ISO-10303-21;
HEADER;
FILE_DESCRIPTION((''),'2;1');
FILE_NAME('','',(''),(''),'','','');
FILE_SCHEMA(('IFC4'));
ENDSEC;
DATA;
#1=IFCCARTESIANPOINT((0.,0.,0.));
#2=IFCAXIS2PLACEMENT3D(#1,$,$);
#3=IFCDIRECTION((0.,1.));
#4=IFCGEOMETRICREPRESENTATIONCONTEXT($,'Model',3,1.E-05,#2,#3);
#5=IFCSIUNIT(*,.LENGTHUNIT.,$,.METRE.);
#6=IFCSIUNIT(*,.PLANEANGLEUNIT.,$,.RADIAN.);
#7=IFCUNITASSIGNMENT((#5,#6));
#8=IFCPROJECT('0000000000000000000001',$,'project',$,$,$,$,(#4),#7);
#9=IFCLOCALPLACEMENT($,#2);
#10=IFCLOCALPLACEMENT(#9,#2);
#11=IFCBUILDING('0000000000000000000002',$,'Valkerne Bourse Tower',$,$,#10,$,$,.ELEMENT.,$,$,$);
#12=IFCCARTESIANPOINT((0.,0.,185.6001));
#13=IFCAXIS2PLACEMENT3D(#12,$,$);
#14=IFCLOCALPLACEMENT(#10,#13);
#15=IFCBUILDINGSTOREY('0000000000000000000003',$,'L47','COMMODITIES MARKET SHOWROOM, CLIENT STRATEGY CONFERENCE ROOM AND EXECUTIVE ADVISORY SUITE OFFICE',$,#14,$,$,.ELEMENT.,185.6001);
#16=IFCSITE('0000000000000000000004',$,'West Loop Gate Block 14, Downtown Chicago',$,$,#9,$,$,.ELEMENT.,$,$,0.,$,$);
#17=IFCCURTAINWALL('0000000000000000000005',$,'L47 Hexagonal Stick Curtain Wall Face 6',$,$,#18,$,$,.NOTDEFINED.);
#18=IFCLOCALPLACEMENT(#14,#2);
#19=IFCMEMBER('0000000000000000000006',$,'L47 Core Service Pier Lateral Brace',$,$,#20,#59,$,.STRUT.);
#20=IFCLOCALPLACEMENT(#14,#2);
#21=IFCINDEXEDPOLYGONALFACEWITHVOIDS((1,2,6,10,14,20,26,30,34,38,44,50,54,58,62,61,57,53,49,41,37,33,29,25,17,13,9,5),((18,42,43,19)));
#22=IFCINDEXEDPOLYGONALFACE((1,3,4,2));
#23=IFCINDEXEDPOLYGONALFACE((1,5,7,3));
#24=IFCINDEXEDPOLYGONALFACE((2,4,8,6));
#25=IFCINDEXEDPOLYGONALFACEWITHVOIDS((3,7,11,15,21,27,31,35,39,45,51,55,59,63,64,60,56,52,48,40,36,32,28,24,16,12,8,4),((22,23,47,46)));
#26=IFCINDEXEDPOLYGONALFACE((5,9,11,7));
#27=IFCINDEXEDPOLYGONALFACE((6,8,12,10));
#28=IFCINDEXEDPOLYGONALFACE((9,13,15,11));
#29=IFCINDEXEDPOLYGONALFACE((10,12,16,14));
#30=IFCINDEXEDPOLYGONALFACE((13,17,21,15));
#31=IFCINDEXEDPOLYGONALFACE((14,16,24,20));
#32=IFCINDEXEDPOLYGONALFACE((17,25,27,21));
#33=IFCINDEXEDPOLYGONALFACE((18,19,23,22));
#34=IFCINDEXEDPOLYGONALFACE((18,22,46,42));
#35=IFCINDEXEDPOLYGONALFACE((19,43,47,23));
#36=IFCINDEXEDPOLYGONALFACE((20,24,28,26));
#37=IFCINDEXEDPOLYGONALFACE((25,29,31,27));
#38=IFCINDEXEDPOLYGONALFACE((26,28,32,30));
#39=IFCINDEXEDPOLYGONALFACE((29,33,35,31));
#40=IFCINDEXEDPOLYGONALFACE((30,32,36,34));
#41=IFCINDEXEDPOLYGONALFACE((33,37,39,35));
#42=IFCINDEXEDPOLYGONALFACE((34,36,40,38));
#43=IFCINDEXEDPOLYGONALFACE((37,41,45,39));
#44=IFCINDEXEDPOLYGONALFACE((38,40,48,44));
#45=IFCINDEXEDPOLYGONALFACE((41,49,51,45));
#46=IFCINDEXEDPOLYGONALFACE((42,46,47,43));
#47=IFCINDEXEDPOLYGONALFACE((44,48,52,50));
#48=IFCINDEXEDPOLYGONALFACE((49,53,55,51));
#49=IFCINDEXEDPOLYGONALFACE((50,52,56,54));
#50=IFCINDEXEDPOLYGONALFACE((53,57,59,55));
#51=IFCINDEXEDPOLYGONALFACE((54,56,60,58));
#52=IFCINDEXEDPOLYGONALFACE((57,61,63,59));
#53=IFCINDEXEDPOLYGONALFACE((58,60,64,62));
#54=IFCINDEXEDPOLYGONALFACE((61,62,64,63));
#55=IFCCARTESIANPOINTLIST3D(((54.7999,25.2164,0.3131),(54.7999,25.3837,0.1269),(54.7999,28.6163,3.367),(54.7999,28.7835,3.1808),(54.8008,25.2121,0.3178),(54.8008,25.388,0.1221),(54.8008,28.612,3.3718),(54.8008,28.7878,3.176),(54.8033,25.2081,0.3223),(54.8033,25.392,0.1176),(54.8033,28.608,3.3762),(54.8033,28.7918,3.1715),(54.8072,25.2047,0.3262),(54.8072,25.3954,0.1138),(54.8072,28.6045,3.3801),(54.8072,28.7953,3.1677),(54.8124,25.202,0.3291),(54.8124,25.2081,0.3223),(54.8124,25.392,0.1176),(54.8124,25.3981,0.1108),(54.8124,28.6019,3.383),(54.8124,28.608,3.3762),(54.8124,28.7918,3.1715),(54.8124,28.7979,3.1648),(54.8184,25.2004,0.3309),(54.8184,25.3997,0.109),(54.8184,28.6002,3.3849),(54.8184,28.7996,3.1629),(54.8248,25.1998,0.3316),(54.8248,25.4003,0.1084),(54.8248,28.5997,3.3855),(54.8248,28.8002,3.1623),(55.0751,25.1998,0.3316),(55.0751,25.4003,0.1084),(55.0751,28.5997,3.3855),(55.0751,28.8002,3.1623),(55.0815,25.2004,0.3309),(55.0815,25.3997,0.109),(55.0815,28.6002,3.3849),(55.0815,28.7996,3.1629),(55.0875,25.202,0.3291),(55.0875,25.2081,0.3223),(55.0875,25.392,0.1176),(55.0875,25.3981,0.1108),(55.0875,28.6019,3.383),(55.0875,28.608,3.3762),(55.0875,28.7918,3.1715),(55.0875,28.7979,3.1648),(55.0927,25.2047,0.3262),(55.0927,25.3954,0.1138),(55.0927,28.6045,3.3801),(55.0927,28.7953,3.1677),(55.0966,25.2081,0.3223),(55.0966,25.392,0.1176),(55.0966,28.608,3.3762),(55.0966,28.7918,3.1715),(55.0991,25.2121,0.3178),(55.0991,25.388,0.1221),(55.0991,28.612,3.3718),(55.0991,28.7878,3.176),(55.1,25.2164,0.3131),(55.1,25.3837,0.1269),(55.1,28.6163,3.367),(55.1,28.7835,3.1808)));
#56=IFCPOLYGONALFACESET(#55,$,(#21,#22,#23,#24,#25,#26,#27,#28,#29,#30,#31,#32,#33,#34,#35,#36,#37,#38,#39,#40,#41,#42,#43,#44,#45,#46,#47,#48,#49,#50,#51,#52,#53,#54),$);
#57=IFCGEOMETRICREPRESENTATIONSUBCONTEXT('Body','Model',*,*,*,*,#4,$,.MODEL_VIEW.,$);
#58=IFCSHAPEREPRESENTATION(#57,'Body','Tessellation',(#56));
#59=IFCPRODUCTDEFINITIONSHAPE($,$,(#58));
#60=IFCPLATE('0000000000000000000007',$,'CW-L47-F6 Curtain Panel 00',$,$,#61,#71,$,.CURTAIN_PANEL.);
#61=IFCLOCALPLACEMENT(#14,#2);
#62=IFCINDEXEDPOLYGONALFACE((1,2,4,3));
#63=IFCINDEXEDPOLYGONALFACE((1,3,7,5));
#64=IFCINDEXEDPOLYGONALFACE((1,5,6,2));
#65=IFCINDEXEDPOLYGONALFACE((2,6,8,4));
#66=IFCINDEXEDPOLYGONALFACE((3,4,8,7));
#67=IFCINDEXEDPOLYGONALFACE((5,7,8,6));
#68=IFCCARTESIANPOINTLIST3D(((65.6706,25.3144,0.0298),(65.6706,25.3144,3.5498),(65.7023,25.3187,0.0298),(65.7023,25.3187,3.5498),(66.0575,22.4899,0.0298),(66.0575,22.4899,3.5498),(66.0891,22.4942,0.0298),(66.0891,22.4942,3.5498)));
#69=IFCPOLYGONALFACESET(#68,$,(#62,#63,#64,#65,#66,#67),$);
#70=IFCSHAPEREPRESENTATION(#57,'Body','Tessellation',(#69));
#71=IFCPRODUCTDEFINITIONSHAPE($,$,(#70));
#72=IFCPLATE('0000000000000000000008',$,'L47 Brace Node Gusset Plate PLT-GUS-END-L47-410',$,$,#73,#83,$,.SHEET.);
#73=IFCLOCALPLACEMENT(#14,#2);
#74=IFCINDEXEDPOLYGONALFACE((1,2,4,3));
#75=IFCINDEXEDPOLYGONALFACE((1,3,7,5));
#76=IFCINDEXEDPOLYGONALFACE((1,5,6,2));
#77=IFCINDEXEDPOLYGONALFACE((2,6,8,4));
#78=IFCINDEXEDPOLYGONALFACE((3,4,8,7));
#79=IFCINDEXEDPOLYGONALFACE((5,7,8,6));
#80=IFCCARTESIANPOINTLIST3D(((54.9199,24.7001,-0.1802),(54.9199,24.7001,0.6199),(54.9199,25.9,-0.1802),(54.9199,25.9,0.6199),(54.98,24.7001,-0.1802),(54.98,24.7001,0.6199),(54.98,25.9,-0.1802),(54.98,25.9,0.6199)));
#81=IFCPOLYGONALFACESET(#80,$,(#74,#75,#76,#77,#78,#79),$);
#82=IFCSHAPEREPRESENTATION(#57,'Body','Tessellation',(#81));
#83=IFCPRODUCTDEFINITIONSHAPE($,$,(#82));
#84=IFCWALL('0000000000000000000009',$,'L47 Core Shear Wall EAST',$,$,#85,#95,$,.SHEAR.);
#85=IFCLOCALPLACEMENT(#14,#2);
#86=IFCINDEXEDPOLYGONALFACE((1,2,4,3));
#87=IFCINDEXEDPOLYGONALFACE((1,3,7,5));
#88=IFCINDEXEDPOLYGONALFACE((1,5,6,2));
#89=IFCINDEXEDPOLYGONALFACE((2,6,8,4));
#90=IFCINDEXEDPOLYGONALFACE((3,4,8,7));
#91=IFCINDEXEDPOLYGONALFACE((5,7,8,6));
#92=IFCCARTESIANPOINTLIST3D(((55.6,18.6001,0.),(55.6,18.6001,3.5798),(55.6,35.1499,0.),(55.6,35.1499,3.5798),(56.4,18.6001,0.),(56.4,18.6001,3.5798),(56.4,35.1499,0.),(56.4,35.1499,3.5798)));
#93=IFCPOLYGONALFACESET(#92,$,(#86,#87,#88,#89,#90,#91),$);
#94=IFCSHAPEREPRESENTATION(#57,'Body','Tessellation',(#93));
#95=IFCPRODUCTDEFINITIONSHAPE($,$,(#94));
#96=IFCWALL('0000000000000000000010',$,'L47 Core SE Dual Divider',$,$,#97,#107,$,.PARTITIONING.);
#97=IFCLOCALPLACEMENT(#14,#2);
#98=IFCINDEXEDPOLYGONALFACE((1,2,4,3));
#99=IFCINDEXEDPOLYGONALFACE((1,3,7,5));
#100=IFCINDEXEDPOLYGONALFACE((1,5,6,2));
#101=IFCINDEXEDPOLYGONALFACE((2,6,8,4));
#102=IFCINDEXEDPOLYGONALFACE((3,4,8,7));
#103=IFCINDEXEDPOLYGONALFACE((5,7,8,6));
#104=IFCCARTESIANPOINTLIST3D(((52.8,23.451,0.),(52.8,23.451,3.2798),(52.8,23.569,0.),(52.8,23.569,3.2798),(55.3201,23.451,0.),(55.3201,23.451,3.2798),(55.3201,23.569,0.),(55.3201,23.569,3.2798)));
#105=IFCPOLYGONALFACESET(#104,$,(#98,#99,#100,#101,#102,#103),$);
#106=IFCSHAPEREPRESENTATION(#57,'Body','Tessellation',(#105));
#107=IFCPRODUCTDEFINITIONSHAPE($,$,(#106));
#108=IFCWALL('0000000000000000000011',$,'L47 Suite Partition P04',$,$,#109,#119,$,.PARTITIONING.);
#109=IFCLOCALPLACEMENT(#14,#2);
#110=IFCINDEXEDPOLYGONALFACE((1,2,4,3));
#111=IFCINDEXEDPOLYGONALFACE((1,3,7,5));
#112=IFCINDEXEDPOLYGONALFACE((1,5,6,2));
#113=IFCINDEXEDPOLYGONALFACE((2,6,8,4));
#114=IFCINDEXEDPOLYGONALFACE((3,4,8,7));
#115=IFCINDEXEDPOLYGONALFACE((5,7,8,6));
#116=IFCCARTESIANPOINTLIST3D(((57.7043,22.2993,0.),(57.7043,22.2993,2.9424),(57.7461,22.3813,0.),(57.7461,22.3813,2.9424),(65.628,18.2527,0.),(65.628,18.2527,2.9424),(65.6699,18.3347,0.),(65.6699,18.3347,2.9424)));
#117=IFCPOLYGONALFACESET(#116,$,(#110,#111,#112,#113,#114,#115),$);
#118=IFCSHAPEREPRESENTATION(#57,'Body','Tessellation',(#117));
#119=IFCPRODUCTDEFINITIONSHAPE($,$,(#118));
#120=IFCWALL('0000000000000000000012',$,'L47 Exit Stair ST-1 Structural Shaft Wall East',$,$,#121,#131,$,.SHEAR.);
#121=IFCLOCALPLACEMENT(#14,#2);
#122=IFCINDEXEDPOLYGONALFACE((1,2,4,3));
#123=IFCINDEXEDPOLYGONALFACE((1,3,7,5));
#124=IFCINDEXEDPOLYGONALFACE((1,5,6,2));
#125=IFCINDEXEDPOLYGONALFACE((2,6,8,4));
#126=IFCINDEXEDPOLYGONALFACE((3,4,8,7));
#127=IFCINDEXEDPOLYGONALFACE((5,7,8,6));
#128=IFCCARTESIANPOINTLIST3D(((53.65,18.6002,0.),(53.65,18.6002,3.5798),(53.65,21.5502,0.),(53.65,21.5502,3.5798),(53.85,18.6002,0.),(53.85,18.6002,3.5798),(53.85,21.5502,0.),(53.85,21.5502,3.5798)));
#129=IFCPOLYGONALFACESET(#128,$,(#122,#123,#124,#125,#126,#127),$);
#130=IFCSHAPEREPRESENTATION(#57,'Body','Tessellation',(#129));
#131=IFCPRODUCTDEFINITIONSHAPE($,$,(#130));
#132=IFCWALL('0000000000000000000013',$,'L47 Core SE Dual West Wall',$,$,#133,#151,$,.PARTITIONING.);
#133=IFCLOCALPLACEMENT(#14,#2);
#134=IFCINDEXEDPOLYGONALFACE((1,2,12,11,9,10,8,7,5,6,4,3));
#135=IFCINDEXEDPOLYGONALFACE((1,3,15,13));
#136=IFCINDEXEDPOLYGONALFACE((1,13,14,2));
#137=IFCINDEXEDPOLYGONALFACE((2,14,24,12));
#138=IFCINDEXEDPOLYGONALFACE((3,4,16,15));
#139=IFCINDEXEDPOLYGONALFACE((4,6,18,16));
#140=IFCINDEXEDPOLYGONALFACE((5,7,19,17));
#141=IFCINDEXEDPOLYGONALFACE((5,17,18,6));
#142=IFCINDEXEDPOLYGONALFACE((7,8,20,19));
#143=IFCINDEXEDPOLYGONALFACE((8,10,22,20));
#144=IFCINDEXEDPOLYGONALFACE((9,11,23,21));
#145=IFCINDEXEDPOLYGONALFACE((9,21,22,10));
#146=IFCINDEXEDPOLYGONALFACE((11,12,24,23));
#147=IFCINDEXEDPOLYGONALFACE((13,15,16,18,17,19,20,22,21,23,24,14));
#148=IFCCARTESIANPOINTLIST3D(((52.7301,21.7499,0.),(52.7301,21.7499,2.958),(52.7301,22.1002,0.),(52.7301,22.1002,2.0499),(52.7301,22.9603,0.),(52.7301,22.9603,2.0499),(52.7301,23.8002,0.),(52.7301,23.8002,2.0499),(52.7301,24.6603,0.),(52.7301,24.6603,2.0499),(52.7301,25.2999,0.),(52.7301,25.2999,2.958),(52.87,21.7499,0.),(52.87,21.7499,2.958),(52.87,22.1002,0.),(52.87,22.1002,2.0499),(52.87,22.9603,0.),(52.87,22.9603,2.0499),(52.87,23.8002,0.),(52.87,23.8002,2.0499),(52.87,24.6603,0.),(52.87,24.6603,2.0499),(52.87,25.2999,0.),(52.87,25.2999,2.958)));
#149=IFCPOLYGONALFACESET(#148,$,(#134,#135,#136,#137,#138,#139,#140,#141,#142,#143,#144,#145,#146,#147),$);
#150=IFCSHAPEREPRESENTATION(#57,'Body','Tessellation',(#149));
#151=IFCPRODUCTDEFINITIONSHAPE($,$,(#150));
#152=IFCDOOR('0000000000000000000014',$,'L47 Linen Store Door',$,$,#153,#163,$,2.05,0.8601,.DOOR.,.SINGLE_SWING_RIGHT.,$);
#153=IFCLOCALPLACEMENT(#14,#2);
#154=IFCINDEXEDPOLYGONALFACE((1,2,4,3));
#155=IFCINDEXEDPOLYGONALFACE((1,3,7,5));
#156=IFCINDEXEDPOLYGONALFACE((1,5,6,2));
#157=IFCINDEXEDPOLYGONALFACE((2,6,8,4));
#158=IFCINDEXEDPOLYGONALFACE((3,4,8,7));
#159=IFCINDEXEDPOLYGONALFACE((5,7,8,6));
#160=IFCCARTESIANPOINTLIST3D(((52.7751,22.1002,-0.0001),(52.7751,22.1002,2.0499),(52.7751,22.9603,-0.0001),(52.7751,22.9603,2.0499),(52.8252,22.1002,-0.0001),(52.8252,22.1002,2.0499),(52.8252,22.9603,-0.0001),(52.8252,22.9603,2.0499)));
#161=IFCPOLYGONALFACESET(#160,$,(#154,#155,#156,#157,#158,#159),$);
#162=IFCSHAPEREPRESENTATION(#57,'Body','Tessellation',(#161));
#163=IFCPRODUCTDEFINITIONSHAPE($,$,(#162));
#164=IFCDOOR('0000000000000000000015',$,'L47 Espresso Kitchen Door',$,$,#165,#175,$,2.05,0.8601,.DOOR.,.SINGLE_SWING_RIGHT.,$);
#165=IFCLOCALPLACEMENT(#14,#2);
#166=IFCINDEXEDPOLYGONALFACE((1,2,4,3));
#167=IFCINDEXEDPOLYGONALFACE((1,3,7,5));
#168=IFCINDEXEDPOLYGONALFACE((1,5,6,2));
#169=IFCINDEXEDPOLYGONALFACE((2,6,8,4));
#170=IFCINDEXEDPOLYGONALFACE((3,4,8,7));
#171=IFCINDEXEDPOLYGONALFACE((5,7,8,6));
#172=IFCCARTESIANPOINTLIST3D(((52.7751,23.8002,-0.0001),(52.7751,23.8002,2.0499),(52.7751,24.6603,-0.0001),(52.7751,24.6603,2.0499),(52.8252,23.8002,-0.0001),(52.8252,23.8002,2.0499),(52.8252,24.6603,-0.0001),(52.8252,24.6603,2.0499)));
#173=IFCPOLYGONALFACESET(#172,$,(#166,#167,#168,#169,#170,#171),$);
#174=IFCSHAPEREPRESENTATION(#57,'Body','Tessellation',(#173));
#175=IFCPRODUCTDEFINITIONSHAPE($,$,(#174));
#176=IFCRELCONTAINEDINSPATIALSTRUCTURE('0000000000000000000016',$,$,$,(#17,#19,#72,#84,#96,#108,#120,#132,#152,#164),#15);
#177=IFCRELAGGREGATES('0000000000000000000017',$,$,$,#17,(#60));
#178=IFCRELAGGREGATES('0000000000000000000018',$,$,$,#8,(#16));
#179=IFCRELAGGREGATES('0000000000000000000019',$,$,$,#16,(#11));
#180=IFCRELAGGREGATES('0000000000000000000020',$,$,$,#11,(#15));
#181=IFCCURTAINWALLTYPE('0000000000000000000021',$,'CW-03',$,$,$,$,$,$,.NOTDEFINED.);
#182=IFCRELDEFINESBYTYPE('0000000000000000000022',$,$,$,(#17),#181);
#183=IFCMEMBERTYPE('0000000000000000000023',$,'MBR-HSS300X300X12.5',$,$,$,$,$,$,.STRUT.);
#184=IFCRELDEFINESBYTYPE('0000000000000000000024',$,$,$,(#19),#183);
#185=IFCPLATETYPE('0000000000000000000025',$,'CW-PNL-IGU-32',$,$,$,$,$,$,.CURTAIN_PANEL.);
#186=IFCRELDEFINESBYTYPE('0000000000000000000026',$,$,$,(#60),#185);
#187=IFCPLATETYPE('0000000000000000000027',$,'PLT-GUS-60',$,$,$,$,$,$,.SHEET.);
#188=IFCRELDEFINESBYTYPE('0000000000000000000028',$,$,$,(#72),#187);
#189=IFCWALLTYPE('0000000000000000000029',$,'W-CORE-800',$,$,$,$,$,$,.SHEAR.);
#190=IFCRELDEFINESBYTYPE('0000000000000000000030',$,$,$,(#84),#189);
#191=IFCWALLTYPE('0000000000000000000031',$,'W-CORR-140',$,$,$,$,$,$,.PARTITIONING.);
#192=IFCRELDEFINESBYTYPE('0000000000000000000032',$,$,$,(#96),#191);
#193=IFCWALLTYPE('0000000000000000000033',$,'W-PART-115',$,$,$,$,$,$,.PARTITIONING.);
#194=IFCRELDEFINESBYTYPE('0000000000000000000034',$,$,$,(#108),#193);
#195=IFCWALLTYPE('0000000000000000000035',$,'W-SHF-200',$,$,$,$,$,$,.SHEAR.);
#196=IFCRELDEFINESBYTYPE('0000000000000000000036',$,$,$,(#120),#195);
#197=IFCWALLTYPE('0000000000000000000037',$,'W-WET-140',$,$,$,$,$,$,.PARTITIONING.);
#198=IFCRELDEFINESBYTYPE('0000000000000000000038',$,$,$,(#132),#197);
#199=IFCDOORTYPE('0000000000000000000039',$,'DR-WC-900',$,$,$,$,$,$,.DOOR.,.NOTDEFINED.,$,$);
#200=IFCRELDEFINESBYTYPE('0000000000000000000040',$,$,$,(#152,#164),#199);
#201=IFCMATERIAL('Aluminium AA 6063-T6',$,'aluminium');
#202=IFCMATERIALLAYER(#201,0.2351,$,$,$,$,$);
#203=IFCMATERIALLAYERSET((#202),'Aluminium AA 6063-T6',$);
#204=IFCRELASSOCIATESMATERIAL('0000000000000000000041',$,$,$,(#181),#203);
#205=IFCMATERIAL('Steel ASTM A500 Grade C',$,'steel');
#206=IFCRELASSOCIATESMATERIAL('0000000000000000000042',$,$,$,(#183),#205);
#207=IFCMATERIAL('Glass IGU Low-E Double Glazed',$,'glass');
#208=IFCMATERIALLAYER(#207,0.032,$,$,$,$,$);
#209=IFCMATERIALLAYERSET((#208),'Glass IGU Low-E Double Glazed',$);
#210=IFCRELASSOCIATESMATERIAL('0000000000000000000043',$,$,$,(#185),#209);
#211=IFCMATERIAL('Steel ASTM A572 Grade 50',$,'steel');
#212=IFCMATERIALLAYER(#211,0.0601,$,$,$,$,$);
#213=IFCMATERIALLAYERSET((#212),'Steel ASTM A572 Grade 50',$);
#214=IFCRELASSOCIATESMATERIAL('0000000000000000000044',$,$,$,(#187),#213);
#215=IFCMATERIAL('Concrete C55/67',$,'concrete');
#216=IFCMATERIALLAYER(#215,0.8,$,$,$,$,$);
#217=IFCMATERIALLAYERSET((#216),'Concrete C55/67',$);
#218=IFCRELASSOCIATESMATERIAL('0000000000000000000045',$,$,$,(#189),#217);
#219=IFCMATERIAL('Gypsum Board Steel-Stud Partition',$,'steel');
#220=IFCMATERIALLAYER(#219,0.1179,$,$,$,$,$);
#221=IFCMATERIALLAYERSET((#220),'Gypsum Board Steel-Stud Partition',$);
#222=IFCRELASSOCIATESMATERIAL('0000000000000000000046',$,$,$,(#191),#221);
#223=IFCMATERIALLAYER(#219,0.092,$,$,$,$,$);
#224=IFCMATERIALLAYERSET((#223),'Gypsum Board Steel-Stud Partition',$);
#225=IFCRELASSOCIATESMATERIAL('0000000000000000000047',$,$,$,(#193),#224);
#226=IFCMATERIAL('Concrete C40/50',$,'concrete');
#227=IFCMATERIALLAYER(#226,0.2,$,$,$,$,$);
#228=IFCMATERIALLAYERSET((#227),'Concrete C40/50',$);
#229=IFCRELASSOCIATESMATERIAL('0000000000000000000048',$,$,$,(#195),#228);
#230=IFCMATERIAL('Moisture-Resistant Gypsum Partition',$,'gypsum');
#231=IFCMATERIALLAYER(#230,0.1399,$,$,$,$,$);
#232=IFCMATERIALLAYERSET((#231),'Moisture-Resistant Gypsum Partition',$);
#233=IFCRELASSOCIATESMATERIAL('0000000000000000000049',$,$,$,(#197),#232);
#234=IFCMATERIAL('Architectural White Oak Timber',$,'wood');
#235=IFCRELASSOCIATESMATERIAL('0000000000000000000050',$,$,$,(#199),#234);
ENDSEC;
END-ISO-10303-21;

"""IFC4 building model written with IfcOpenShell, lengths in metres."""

from ifc_helpers import new_model, si_unit, direction, frame, frame_2d, origin, origin_2d, place, context, subcontext, project, spatial, rectangle, hollow_rectangle, extrude, material, layer, layer_set, material_profile, profile_set, type_object, element, fill, aggregate, save


model = new_model("IFC4")

# Units and contexts
model_context = context("Model", 3, precision=1e-05, world=origin(), true_north=direction((0.0, 1.0)))
body_context = subcontext(model_context, "Body", "Model", "MODEL_VIEW")
ifc_project = project(units=[si_unit("LENGTHUNIT", "METRE"), si_unit("PLANEANGLEUNIT", "RADIAN")], contexts=[model_context])

# Site, building, storey
site_placement = place(None, origin())
site = spatial("IfcSite", under=ifc_project, at=site_placement, Name="West Loop Gate Block 14, Downtown Chicago", CompositionType="ELEMENT", RefElevation=0.0)
building_placement = place(site_placement, origin())
building = spatial("IfcBuilding", under=site, at=building_placement, Name="Valkerne Bourse Tower", CompositionType="ELEMENT")
storey_placement = place(building_placement, frame((0.0, 0.0, 185.6001)))
storey = spatial("IfcBuildingStorey", under=building, at=storey_placement, Name="L47", Description="COMMODITIES MARKET SHOWROOM, CLIENT STRATEGY CONFERENCE ROOM AND EXECUTIVE ADVISORY SUITE OFFICE", CompositionType="ELEMENT", Elevation=185.6001)

# Curtain wall
ifc_material_1 = material(Name="Aluminium AA 6063-T6", Category="aluminium")
ifc_layer_1 = layer(ifc_material_1, 0.2351)
ifc_layer_set_1 = layer_set([ifc_layer_1], Name="Aluminium AA 6063-T6")
curtain_wall_type = type_object("IfcCurtainWallType", Name="CW-03", PredefinedType="NOTDEFINED", material=ifc_layer_set_1)
curtain_wall_placement = place(storey_placement, origin())
curtain_wall = element("IfcCurtainWall", 1, at=curtain_wall_placement, inside=storey, type_object=curtain_wall_type, Name="L47 Hexagonal Stick Curtain Wall Face 6", PredefinedType="NOTDEFINED")

# Member
ifc_material_2 = material(Name="Steel ASTM A500 Grade C", Category="steel")
ifc_material_profile_1 = material_profile(ifc_material_2, hollow_rectangle(XDim=0.3, YDim=0.3, WallThickness=0.0125, OuterFilletRadius=0.0249, at=origin_2d()), Name="HSS300X300X12.5")
ifc_profile_set_1 = profile_set([ifc_material_profile_1], Name="Steel ASTM A500 Grade C")
member_type_1 = type_object("IfcMemberType", Name="MBR-HSS300X300X12.5", PredefinedType="STRUT", material=ifc_profile_set_1)
member_1_placement = place(storey_placement, frame((54.95, 25.3, 0.22), z_axis=(0.0, 0.743942, 0.668244), x_axis=(-1.0, 0.0, 0.0)))
element("IfcMember", 2, at=member_1_placement, inside=storey, type_object=member_type_1, Name="L47 Core Service Pier Lateral Brace", PredefinedType="STRUT", context=body_context, shape_type="SweptSolid", body=[
    extrude(hollow_rectangle(XDim=0.3, YDim=0.3, WallThickness=0.0125, OuterFilletRadius=0.0249, at=origin_2d()), origin(), (0.0, 0.0, 1.0), 4.5701),
])

# Plates
ifc_material_3 = material(Name="Glass IGU Low-E Double Glazed", Category="glass")
ifc_layer_2 = layer(ifc_material_3, 0.032)
ifc_layer_set_2 = layer_set([ifc_layer_2], Name="Glass IGU Low-E Double Glazed")
plate_type_1 = type_object("IfcPlateType", Name="CW-PNL-IGU-32", PredefinedType="CURTAIN_PANEL", material=ifc_layer_set_2)
plate_1_placement = place(storey_placement, frame((65.8799, 23.9043, 0.0298), z_axis=(0.0, 0.0, 1.0), x_axis=(-0.135694, 0.990751, 0.0)))
plate_1 = element("IfcPlate", 3, at=plate_1_placement, type_object=plate_type_1, Name="CW-L47-F6 Curtain Panel 00", PredefinedType="CURTAIN_PANEL", context=body_context, shape_type="SweptSolid", body=[
    extrude(rectangle(XDim=2.8508, YDim=0.032, at=origin_2d()), origin(), (0.0, 0.0, 1.0), 3.52),
])
aggregate(curtain_wall, [plate_1])
ifc_material_4 = material(Name="Steel ASTM A572 Grade 50", Category="steel")
ifc_layer_3 = layer(ifc_material_4, 0.0601)
ifc_layer_set_3 = layer_set([ifc_layer_3], Name="Steel ASTM A572 Grade 50")
plate_type_2 = type_object("IfcPlateType", Name="PLT-GUS-60", PredefinedType="SHEET", material=ifc_layer_set_3)
plate_2_placement = place(storey_placement, frame((54.95, 25.3, -0.1802), z_axis=(0.0, 0.0, 1.0), x_axis=(0.0, 1.0, 0.0)))
element("IfcPlate", 4, at=plate_2_placement, inside=storey, type_object=plate_type_2, Name="L47 Brace Node Gusset Plate PLT-GUS-END-L47-410", PredefinedType="SHEET", context=body_context, shape_type="SweptSolid", body=[
    extrude(rectangle(XDim=1.2, YDim=0.0601, at=origin_2d()), origin(), (0.0, 0.0, 1.0), 0.8),
])

# Walls
ifc_material_5 = material(Name="Concrete C55/67", Category="concrete")
ifc_layer_4 = layer(ifc_material_5, 0.8)
ifc_layer_set_4 = layer_set([ifc_layer_4], Name="Concrete C55/67")
wall_type_1 = type_object("IfcWallType", Name="W-CORE-800", PredefinedType="SHEAR", material=ifc_layer_set_4)
wall_1_placement = place(storey_placement, frame((56.0, 18.6001, 0.0), z_axis=(0.0, 0.0, 1.0), x_axis=(0.0, 1.0, 0.0)))
element("IfcWall", 5, at=wall_1_placement, inside=storey, type_object=wall_type_1, Name="L47 Core Shear Wall EAST", PredefinedType="SHEAR", context=body_context, shape_type="SweptSolid", body=[
    extrude(rectangle(XDim=16.5498, YDim=0.8, at=frame_2d((8.2749, 0.0))), origin(), (0.0, 0.0, 1.0), 3.5798),
])
ifc_material_6 = material(Name="Gypsum Board Steel-Stud Partition", Category="steel")
ifc_layer_5 = layer(ifc_material_6, 0.1179)
ifc_layer_set_5 = layer_set([ifc_layer_5], Name="Gypsum Board Steel-Stud Partition")
wall_type_2 = type_object("IfcWallType", Name="W-CORR-140", PredefinedType="PARTITIONING", material=ifc_layer_set_5)
wall_2_placement = place(storey_placement, frame((52.8, 23.51, 0.0), z_axis=(0.0, 0.0, 1.0), x_axis=(1.0, 0.0, 0.0)))
element("IfcWall", 6, at=wall_2_placement, inside=storey, type_object=wall_type_2, Name="L47 Core SE Dual Divider", PredefinedType="PARTITIONING", context=body_context, shape_type="SweptSolid", body=[
    extrude(rectangle(XDim=2.52, YDim=0.1179, at=frame_2d((1.26, 0.0))), origin(), (0.0, 0.0, 1.0), 3.2798),
])

# Walls
ifc_layer_6 = layer(ifc_material_6, 0.092)
ifc_layer_set_6 = layer_set([ifc_layer_6], Name="Gypsum Board Steel-Stud Partition")
wall_type_3 = type_object("IfcWallType", Name="W-PART-115", PredefinedType="PARTITIONING", material=ifc_layer_set_6)
wall_3_placement = place(storey_placement, frame((57.7251, 22.3403, 0.0), z_axis=(0.0, 0.0, 1.0), x_axis=(0.890586, -0.454815, 0.0)))
element("IfcWall", 7, at=wall_3_placement, inside=storey, type_object=wall_type_3, Name="L47 Suite Partition P04", PredefinedType="PARTITIONING", context=body_context, shape_type="SweptSolid", body=[
    extrude(rectangle(XDim=8.8972, YDim=0.092, at=frame_2d((4.4487, 0.0))), origin(), (0.0, 0.0, 1.0), 2.9424),
])
ifc_material_7 = material(Name="Concrete C40/50", Category="concrete")
ifc_layer_7 = layer(ifc_material_7, 0.2)
ifc_layer_set_7 = layer_set([ifc_layer_7], Name="Concrete C40/50")
wall_type_4 = type_object("IfcWallType", Name="W-SHF-200", PredefinedType="SHEAR", material=ifc_layer_set_7)
wall_4_placement = place(storey_placement, frame((53.75, 18.6001, 0.0), z_axis=(0.0, 0.0, 1.0), x_axis=(0.0, 1.0, 0.0)))
element("IfcWall", 8, at=wall_4_placement, inside=storey, type_object=wall_type_4, Name="L47 Exit Stair ST-1 Structural Shaft Wall East", PredefinedType="SHEAR", context=body_context, shape_type="SweptSolid", body=[
    extrude(rectangle(XDim=2.95, YDim=0.2, at=frame_2d((1.4751, 0.0))), origin(), (0.0, 0.0, 1.0), 3.5798),
])

# Wall, openings, doors
ifc_material_8 = material(Name="Moisture-Resistant Gypsum Partition", Category="gypsum")
ifc_layer_8 = layer(ifc_material_8, 0.1399)
ifc_layer_set_8 = layer_set([ifc_layer_8], Name="Moisture-Resistant Gypsum Partition")
wall_type_5 = type_object("IfcWallType", Name="W-WET-140", PredefinedType="PARTITIONING", material=ifc_layer_set_8)
wall_5_placement = place(storey_placement, frame((52.8, 21.75, 0.0), z_axis=(0.0, 0.0, 1.0), x_axis=(0.0, 1.0, 0.0)))
wall_5 = element("IfcWall", 9, at=wall_5_placement, inside=storey, type_object=wall_type_5, Name="L47 Core SE Dual West Wall", PredefinedType="PARTITIONING", context=body_context, shape_type="SweptSolid", body=[
    extrude(rectangle(XDim=3.55, YDim=0.1399, at=frame_2d((1.7749, 0.0))), origin(), (0.0, 0.0, 1.0), 2.958),
])
opening_1_placement = place(wall_5_placement, frame((0.3501, 0.0, 0.0)))
opening_1 = element("IfcOpeningElement", 10, at=opening_1_placement, cuts=wall_5, PredefinedType="OPENING", context=body_context, shape_type="SweptSolid", body=[
    extrude(rectangle(XDim=0.8601, YDim=2.05, at=frame_2d((0.4302, 1.0249))), frame((0.0, 0.0798, 0.0), z_axis=(0.0, -1.0, 0.0), x_axis=(1.0, 0.0, 0.0)), (0.0, 0.0, 1.0), 0.1599),
])
opening_2_placement = place(wall_5_placement, frame((2.05, 0.0, 0.0)))
opening_2 = element("IfcOpeningElement", 11, at=opening_2_placement, cuts=wall_5, PredefinedType="OPENING", context=body_context, shape_type="SweptSolid", body=[
    extrude(rectangle(XDim=0.8601, YDim=2.05, at=frame_2d((0.4302, 1.0249))), frame((0.0, 0.0798, 0.0), z_axis=(0.0, -1.0, 0.0), x_axis=(1.0, 0.0, 0.0)), (0.0, 0.0, 1.0), 0.1599),
])
ifc_material_9 = material(Name="Architectural White Oak Timber", Category="wood")
door_type_1 = type_object("IfcDoorType", Name="DR-WC-900", OperationType="NOTDEFINED", PredefinedType="DOOR", material=ifc_material_9)
door_1_placement = place(opening_1_placement, origin())
door_1 = element("IfcDoor", 12, at=door_1_placement, inside=storey, type_object=door_type_1, Name="L47 Linen Store Door", OperationType="SINGLE_SWING_RIGHT", OverallHeight=2.05, OverallWidth=0.8601, PredefinedType="DOOR", context=body_context, shape_type="SweptSolid", body=[
    extrude(rectangle(XDim=0.8601, YDim=2.05, at=frame_2d((0.4302, 1.0249))), frame((0.0, 0.0249, 0.0), z_axis=(0.0, -1.0, 0.0), x_axis=(1.0, 0.0, 0.0)), (0.0, 0.0, 1.0), 0.05),
])
fill(opening_1, door_1)
door_2_placement = place(opening_2_placement, origin())
door_2 = element("IfcDoor", 13, at=door_2_placement, inside=storey, type_object=door_type_1, Name="L47 Espresso Kitchen Door", OperationType="SINGLE_SWING_RIGHT", OverallHeight=2.05, OverallWidth=0.8601, PredefinedType="DOOR", context=body_context, shape_type="SweptSolid", body=[
    extrude(rectangle(XDim=0.8601, YDim=2.05, at=frame_2d((0.4302, 1.0249))), frame((0.0, 0.0249, 0.0), z_axis=(0.0, -1.0, 0.0), x_axis=(1.0, 0.0, 0.0)), (0.0, 0.0, 1.0), 0.05),
])
fill(opening_2, door_2)

save(model, "model.ifc")
